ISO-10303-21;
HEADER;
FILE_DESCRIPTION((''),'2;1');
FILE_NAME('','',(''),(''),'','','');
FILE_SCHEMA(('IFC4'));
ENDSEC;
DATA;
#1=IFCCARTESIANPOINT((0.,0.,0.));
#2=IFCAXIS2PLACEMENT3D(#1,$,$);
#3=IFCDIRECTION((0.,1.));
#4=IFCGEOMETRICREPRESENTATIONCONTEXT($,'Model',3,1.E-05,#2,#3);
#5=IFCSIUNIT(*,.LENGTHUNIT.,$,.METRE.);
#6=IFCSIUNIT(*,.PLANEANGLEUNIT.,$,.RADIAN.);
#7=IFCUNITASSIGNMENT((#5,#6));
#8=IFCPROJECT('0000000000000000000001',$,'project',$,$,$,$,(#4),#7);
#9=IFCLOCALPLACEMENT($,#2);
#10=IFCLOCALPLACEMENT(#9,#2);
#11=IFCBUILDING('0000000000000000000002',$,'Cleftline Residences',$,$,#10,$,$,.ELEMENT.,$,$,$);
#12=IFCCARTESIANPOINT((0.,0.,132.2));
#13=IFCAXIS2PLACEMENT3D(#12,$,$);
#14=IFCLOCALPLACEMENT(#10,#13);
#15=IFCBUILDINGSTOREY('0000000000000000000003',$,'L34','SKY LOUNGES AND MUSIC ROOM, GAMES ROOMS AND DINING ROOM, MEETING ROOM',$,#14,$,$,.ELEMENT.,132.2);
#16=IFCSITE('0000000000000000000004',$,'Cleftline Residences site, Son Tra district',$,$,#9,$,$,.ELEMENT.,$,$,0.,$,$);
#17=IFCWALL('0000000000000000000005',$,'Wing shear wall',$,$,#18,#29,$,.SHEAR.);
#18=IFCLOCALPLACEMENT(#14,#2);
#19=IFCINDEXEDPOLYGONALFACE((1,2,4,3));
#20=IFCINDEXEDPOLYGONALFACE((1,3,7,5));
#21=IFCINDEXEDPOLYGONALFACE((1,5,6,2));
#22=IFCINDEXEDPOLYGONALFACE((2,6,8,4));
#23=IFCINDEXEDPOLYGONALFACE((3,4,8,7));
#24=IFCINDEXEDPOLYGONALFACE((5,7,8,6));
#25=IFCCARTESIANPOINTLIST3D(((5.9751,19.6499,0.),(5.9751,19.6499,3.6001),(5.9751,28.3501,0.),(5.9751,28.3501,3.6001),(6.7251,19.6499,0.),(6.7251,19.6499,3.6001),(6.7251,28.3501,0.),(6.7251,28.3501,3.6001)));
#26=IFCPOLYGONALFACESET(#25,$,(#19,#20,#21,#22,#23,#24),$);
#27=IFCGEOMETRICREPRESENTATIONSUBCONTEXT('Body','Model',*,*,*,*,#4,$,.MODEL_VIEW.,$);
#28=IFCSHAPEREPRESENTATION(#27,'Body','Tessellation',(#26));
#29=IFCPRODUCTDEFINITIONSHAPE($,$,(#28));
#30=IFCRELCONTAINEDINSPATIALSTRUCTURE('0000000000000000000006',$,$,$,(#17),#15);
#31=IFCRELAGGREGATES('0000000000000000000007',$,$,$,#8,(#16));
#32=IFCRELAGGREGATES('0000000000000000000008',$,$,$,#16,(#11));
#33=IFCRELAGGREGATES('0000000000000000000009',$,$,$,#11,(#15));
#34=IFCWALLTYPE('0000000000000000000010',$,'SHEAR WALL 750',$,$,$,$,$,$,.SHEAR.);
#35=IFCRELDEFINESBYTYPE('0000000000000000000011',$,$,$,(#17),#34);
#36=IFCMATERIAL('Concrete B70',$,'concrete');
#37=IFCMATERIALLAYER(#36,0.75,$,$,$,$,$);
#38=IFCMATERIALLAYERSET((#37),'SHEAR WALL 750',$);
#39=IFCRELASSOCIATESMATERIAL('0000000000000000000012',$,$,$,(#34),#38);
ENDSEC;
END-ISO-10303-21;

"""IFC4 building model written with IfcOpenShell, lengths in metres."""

from ifc_helpers import new_model, si_unit, direction, frame, frame_2d, origin, place, context, subcontext, project, spatial, rectangle, extrude, material, layer, layer_set, type_object, element, save


model = new_model("IFC4")

# Units and contexts
model_context = context("Model", 3, precision=1e-05, world=origin(), true_north=direction((0.0, 1.0)))
body_context = subcontext(model_context, "Body", "Model", "MODEL_VIEW")
ifc_project = project(units=[si_unit("LENGTHUNIT", "METRE"), si_unit("PLANEANGLEUNIT", "RADIAN")], contexts=[model_context])

# Site, building, storey
site_placement = place(None, origin())
site = spatial("IfcSite", under=ifc_project, at=site_placement, Name="Cleftline Residences site, Son Tra district", CompositionType="ELEMENT", RefElevation=0.0)
building_placement = place(site_placement, origin())
building = spatial("IfcBuilding", under=site, at=building_placement, Name="Cleftline Residences", CompositionType="ELEMENT")
storey_placement = place(building_placement, frame((0.0, 0.0, 132.2)))
storey = spatial("IfcBuildingStorey", under=building, at=storey_placement, Name="L34", Description="SKY LOUNGES AND MUSIC ROOM, GAMES ROOMS AND DINING ROOM, MEETING ROOM", CompositionType="ELEMENT", Elevation=132.2)

# Wall
ifc_material_1 = material(Name="Concrete B70", Category="concrete")
ifc_layer_1 = layer(ifc_material_1, 0.75)
ifc_layer_set_1 = layer_set([ifc_layer_1], Name="SHEAR WALL 750")
wall_type_1 = type_object("IfcWallType", Name="SHEAR WALL 750", PredefinedType="SHEAR", material=ifc_layer_set_1)
wall_1_placement = place(storey_placement, frame((6.3501, 19.6499, 0.0), z_axis=(0.0, 0.0, 1.0), x_axis=(0.0, 1.0, 0.0)))
element("IfcWall", 1, at=wall_1_placement, inside=storey, type_object=wall_type_1, Name="Wing shear wall", PredefinedType="SHEAR", context=body_context, shape_type="SweptSolid", body=[
    extrude(rectangle(XDim=8.7002, YDim=0.75, at=frame_2d((4.3501, 0.0))), origin(), (0.0, 0.0, 1.0), 3.6001),
])

save(model, "model.ifc")
